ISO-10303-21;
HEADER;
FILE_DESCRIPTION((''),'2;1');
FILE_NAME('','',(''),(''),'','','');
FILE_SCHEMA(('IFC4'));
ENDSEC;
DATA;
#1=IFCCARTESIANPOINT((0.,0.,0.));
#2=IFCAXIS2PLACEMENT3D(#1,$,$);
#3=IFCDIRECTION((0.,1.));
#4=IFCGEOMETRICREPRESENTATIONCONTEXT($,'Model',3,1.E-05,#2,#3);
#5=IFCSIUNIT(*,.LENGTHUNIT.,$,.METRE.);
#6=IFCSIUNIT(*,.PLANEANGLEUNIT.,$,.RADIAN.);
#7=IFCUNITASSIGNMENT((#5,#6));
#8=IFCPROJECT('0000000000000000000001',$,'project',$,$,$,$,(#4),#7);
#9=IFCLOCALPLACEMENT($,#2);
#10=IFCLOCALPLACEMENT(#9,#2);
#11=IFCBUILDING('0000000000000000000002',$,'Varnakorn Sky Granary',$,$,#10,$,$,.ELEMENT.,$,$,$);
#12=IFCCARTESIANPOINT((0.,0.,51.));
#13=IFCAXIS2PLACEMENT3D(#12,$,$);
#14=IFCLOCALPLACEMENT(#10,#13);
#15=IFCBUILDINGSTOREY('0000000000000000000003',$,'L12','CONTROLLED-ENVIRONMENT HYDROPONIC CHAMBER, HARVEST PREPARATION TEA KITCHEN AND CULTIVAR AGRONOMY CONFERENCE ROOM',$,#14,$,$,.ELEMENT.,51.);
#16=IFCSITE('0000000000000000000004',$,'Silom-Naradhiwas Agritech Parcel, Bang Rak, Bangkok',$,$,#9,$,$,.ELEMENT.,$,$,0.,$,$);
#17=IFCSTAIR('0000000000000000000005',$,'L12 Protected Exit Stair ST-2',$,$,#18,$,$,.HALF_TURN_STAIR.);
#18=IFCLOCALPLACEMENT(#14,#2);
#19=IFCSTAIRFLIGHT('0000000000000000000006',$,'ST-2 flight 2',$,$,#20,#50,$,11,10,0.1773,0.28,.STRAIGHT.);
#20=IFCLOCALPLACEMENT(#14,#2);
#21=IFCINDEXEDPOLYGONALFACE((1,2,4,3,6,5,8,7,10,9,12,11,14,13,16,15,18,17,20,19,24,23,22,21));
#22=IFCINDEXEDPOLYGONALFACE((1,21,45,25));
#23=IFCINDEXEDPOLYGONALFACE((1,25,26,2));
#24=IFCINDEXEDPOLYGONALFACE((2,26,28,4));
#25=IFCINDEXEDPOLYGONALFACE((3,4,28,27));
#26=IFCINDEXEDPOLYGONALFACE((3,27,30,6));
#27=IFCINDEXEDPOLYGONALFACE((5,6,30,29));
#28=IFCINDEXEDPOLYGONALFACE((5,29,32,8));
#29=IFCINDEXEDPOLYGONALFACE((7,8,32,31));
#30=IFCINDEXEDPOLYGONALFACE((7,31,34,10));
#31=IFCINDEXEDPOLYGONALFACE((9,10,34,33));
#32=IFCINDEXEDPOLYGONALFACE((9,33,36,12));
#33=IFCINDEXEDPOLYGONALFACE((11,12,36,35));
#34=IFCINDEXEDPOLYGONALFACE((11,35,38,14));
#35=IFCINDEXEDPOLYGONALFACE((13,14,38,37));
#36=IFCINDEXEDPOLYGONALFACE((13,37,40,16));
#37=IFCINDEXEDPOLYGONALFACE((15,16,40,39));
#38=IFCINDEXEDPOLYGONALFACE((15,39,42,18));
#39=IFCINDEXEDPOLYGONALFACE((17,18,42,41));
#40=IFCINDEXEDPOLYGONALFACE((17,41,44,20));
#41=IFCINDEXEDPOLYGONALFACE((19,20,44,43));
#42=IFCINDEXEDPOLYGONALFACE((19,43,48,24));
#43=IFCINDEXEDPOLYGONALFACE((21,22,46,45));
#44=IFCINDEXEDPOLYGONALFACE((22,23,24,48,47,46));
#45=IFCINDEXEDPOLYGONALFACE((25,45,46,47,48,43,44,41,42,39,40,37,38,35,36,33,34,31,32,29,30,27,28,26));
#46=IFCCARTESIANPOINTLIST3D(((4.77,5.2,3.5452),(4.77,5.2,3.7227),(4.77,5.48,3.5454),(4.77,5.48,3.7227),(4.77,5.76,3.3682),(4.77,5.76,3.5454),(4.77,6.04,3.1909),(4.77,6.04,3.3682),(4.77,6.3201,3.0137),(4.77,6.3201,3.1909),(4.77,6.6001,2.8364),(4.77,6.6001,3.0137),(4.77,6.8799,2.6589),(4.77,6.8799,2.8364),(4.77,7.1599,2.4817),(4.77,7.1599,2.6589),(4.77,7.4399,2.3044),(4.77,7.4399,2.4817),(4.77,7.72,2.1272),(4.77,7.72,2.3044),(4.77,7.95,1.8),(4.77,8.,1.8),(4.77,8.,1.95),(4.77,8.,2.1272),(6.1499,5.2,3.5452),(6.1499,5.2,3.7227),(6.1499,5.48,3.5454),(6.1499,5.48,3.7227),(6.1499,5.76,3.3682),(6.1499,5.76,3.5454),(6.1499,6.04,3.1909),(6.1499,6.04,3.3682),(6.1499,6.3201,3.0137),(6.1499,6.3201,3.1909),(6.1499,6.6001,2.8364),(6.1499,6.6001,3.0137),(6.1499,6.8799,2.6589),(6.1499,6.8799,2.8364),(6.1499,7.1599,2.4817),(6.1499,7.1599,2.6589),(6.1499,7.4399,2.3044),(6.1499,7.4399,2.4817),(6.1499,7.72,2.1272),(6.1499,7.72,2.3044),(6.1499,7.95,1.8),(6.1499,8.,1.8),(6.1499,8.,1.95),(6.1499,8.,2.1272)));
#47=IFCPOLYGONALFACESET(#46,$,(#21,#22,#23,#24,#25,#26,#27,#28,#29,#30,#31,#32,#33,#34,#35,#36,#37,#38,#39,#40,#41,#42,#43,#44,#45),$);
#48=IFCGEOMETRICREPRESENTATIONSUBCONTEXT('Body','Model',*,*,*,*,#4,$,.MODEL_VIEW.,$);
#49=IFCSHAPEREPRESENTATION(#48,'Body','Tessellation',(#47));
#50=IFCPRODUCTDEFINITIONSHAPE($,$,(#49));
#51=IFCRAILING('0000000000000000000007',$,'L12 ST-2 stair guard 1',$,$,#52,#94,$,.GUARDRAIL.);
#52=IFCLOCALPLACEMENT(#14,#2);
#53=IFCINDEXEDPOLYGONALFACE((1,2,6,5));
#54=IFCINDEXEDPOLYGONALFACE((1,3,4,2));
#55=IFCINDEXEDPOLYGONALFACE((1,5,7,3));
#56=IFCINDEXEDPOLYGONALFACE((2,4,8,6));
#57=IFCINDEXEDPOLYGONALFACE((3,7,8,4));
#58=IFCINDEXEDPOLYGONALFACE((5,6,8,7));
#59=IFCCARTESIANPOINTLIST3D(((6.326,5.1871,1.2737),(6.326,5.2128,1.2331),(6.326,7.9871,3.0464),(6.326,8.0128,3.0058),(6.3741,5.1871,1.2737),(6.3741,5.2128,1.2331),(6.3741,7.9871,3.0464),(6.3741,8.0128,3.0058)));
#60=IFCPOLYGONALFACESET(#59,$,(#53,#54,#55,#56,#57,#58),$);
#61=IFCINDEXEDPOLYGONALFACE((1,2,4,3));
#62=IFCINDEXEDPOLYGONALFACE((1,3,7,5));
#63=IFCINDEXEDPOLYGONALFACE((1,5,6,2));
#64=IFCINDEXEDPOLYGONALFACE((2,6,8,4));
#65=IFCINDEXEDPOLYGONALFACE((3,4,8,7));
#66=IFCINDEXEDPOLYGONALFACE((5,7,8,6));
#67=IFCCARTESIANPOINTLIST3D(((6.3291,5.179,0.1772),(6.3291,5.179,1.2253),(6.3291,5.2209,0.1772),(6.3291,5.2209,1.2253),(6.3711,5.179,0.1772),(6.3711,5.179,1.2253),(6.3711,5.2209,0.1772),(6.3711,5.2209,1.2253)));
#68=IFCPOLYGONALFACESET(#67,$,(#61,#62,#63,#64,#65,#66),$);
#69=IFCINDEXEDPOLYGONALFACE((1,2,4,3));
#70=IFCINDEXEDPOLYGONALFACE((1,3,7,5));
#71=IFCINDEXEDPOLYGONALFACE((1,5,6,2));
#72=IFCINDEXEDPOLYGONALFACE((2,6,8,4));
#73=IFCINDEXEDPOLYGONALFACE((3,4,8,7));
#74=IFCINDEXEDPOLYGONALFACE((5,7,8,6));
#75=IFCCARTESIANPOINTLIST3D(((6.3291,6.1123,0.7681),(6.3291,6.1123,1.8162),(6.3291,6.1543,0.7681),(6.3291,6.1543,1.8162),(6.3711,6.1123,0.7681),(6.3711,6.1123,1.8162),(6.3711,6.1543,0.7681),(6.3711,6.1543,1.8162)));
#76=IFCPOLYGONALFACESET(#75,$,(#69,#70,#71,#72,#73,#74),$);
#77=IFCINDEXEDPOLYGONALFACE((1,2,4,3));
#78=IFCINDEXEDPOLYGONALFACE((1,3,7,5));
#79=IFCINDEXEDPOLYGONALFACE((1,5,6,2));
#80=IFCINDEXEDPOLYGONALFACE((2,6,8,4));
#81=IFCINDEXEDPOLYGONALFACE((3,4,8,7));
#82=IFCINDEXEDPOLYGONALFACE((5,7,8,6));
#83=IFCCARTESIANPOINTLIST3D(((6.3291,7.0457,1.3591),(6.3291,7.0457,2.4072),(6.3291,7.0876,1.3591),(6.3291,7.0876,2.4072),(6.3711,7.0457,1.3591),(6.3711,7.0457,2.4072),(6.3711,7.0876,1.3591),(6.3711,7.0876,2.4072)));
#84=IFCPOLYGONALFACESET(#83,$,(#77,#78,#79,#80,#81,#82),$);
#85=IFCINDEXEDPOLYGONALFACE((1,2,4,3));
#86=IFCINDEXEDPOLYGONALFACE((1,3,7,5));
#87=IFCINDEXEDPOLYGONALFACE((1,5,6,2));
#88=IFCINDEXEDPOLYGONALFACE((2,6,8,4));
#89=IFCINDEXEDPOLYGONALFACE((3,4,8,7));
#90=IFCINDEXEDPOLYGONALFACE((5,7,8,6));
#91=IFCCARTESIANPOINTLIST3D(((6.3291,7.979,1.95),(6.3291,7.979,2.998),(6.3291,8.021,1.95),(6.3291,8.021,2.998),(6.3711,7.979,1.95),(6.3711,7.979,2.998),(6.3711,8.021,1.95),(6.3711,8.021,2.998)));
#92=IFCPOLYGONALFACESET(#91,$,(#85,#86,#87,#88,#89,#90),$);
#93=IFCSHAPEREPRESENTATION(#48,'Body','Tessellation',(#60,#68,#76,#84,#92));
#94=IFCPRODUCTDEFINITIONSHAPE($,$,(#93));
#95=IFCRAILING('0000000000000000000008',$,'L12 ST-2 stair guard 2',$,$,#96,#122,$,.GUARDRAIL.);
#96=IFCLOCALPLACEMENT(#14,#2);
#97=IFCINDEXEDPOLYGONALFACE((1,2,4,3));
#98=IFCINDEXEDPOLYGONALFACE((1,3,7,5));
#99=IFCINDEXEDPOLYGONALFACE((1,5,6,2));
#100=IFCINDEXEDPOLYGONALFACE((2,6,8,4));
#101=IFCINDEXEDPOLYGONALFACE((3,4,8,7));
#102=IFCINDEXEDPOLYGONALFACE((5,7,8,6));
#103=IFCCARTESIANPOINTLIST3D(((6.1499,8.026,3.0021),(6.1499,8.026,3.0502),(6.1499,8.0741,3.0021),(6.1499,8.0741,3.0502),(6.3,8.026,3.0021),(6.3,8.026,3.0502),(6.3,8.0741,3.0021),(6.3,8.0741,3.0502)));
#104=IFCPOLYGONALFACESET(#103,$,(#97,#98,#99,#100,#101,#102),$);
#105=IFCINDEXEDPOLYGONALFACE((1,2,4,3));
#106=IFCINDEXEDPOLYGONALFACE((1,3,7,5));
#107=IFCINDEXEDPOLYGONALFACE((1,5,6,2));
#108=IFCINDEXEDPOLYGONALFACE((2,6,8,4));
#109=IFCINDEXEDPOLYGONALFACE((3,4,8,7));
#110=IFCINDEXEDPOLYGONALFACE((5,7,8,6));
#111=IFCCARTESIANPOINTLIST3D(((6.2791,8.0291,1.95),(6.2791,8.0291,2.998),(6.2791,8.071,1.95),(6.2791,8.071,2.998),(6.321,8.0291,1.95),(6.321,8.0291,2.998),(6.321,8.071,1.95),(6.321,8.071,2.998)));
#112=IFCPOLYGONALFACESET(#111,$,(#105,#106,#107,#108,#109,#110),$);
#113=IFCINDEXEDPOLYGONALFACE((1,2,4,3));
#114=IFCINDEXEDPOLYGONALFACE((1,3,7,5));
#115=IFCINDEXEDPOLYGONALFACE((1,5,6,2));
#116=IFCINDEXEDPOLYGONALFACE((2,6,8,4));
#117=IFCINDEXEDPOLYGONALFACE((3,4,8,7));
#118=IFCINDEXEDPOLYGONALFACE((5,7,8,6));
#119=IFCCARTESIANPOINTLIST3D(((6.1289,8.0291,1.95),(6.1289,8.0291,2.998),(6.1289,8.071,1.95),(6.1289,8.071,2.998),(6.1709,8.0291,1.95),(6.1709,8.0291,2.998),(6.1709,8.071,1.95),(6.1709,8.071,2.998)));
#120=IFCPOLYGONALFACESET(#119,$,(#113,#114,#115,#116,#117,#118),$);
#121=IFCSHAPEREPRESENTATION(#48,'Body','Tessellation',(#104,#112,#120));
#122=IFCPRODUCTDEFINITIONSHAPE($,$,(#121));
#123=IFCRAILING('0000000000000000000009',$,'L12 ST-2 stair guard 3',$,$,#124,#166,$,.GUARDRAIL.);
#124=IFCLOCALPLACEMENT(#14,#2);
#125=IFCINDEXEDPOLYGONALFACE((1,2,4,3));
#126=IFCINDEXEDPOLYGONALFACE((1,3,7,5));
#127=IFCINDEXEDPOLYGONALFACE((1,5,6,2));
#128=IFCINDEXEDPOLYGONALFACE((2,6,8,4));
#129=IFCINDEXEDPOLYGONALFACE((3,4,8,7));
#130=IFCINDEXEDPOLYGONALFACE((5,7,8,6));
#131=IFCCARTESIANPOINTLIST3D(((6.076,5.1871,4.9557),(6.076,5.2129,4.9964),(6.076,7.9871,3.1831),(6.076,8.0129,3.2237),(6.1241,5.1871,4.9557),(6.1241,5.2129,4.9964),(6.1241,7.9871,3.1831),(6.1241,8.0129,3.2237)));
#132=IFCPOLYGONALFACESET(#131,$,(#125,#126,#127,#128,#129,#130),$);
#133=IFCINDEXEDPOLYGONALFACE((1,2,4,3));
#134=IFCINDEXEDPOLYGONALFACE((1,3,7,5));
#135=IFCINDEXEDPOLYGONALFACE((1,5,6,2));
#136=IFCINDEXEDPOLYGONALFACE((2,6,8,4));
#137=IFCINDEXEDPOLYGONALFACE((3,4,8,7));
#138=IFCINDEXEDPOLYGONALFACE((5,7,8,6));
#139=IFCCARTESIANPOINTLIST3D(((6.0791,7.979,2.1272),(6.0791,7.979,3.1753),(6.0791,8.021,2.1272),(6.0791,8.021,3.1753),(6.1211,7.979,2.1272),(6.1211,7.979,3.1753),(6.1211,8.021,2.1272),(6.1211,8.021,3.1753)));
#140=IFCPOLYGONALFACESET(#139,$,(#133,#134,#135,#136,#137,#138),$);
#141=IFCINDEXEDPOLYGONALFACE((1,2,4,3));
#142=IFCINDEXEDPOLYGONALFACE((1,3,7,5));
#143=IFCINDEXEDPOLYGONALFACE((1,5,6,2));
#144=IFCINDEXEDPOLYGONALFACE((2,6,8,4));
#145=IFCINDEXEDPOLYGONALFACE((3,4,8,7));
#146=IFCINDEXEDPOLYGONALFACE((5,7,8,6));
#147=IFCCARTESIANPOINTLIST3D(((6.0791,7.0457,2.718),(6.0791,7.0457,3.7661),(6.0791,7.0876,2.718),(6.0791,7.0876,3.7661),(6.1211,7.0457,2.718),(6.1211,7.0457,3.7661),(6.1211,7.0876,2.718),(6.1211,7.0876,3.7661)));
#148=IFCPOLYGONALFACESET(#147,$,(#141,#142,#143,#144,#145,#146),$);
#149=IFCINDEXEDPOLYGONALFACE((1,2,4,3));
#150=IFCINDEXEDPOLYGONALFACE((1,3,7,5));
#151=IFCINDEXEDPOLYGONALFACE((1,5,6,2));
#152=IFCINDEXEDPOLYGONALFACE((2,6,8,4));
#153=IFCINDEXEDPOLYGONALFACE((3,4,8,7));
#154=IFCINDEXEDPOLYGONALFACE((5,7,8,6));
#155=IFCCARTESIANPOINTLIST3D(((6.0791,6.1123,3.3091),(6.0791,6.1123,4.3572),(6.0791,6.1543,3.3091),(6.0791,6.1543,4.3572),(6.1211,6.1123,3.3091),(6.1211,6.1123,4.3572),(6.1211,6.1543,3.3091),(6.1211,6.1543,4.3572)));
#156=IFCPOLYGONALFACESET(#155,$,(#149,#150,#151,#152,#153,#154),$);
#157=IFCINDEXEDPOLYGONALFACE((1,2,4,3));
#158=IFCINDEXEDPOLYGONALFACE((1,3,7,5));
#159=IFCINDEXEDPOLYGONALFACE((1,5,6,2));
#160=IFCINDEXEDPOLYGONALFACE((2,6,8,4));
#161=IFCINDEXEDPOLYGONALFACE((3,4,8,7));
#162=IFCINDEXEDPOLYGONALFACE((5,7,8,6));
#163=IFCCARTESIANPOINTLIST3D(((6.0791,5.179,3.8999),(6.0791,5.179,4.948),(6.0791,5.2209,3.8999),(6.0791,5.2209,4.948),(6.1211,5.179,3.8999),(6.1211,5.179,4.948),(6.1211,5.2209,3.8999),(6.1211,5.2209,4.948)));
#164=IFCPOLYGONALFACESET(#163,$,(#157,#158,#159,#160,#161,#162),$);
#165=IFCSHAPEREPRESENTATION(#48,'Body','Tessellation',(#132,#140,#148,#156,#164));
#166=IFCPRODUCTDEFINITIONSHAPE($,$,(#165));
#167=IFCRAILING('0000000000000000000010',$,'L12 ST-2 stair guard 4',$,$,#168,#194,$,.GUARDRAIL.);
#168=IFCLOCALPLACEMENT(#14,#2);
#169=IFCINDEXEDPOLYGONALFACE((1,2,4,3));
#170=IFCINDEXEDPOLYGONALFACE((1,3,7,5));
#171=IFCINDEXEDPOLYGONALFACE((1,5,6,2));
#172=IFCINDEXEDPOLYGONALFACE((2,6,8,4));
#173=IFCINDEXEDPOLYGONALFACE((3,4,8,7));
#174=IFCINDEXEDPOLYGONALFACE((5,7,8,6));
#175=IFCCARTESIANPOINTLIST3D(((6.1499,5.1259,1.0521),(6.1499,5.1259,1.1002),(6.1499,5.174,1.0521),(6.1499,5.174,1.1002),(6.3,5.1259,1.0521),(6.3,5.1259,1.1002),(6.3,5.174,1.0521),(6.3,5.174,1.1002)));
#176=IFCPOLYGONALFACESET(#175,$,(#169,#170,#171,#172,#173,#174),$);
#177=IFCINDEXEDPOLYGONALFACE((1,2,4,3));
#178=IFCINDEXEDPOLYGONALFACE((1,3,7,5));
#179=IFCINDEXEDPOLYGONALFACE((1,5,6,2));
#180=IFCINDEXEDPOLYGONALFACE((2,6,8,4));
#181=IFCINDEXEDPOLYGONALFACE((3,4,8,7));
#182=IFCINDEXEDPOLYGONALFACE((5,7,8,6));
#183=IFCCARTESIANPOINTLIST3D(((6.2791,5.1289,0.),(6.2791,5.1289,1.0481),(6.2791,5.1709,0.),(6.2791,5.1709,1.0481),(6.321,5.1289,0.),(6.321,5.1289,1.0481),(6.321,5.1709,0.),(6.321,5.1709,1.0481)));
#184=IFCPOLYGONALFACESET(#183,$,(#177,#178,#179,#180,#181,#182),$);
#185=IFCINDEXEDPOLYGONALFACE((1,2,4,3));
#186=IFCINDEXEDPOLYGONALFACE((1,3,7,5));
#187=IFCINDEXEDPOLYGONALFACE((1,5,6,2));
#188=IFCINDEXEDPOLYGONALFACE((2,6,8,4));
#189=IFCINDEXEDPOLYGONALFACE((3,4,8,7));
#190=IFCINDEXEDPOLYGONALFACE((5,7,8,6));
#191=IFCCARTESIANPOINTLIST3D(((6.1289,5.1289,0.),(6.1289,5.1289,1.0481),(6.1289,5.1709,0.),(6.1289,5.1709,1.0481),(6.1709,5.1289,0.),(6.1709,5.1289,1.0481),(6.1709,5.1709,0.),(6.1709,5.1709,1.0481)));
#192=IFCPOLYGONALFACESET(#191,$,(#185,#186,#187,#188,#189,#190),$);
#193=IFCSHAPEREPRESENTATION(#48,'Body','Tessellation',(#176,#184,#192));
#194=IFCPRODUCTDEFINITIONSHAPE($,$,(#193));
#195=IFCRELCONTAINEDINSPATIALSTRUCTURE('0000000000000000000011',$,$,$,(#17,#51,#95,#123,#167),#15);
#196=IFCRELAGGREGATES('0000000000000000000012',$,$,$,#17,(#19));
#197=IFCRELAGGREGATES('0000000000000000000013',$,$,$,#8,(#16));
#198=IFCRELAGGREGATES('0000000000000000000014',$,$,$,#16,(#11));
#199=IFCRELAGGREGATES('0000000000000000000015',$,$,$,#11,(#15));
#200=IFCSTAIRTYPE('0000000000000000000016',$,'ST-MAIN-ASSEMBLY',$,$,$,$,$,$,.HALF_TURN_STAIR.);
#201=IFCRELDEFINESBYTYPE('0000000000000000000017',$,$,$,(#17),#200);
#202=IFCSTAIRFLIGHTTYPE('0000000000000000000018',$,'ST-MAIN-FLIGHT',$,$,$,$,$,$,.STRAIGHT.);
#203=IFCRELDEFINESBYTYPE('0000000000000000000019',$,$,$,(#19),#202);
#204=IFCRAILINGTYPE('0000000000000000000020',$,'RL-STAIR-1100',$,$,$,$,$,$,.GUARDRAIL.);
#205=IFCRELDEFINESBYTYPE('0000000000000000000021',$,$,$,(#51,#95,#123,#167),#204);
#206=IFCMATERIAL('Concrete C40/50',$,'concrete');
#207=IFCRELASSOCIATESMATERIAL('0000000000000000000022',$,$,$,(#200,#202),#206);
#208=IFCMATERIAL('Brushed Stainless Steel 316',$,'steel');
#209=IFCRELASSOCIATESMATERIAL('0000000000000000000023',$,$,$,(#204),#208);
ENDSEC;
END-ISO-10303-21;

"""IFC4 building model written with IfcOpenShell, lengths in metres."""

from ifc_helpers import new_model, si_unit, direction, frame, origin, origin_2d, place, context, subcontext, project, spatial, polyline, rectangle, outline, extrude, material, type_object, element, aggregate, save


model = new_model("IFC4")

# Units and contexts
model_context = context("Model", 3, precision=1e-05, world=origin(), true_north=direction((0.0, 1.0)))
body_context = subcontext(model_context, "Body", "Model", "MODEL_VIEW")
ifc_project = project(units=[si_unit("LENGTHUNIT", "METRE"), si_unit("PLANEANGLEUNIT", "RADIAN")], contexts=[model_context])

# Site, building, storey
site_placement = place(None, origin())
site = spatial("IfcSite", under=ifc_project, at=site_placement, Name="Silom-Naradhiwas Agritech Parcel, Bang Rak, Bangkok", CompositionType="ELEMENT", RefElevation=0.0)
building_placement = place(site_placement, origin())
building = spatial("IfcBuilding", under=site, at=building_placement, Name="Varnakorn Sky Granary", CompositionType="ELEMENT")
storey_placement = place(building_placement, frame((0.0, 0.0, 51.0)))
storey = spatial("IfcBuildingStorey", under=building, at=storey_placement, Name="L12", Description="CONTROLLED-ENVIRONMENT HYDROPONIC CHAMBER, HARVEST PREPARATION TEA KITCHEN AND CULTIVAR AGRONOMY CONFERENCE ROOM", CompositionType="ELEMENT", Elevation=51.0)

# Shared definitions
ifc_material_1 = material(Name="Concrete C40/50", Category="concrete")
stair_type = type_object("IfcStairType", Name="ST-MAIN-ASSEMBLY", PredefinedType="HALF_TURN_STAIR", material=ifc_material_1)
stair_flight_type = type_object("IfcStairFlightType", Name="ST-MAIN-FLIGHT", PredefinedType="STRAIGHT", material=ifc_material_1)

# Stair, stair flight
stair_1_placement = place(storey_placement, origin())
stair_1 = element("IfcStair", 1, at=stair_1_placement, inside=storey, type_object=stair_type, Name="L12 Protected Exit Stair ST-2", PredefinedType="HALF_TURN_STAIR")
stair_flight_1_placement = place(storey_placement, frame((5.46, 8.0, 1.95), z_axis=(0.0, 0.0, 1.0), x_axis=(0.0, -1.0, 0.0)))
stair_flight_1 = element("IfcStairFlight", 2, at=stair_flight_1_placement, type_object=stair_flight_type, Name="ST-2 flight 2", NumberOfRisers=11, NumberOfTreads=10, PredefinedType="STRAIGHT", RiserHeight=0.1773, TreadLength=0.28, context=body_context, shape_type="SweptSolid", body=[
    extrude(outline(polyline([(0.0, -0.1499), (0.0, 0.0), (0.0, 0.1772), (0.28, 0.1772), (0.28, 0.3545), (0.5601, 0.3545), (0.5601, 0.5317), (0.8401, 0.5317), (0.8401, 0.709), (1.1201, 0.709), (1.1201, 0.8865), (1.3999, 0.8865), (1.3999, 1.0637), (1.6799, 1.0637), (1.6799, 1.241), (1.96, 1.241), (1.96, 1.4182), (2.24, 1.4182), (2.24, 1.5955), (2.52, 1.5955), (2.52, 1.7727), (2.8, 1.7727), (2.8, 1.95), (2.8, 1.5952), (0.05, -0.1499), (0.0, -0.1499)])), frame((0.0, 0.6899, 0.0), z_axis=(0.0, -1.0, 0.0), x_axis=(1.0, 0.0, 0.0)), (0.0, 0.0, 1.0), 1.3799),
])
aggregate(stair_1, [stair_flight_1])

# Railings
ifc_material_2 = material(Name="Brushed Stainless Steel 316", Category="steel")
railing_type_1 = type_object("IfcRailingType", Name="RL-STAIR-1100", PredefinedType="GUARDRAIL", material=ifc_material_2)
railing_1_placement = place(storey_placement, frame((6.3501, 5.2, 0.1772)))
element("IfcRailing", 3, at=railing_1_placement, inside=storey, type_object=railing_type_1, Name="L12 ST-2 stair guard 1", PredefinedType="GUARDRAIL", context=body_context, shape_type="SweptSolid", body=[
    extrude(rectangle(XDim=0.0481, YDim=0.0481, at=origin_2d()), frame((0.0, 0.0, 1.0762), z_axis=(0.0, 0.844909, 0.53491), x_axis=(-1.0, 0.0, 0.0)), (0.0, 0.0, 1.0), 3.314),
    extrude(rectangle(XDim=0.042, YDim=0.042, at=origin_2d()), origin(), (0.0, 0.0, 1.0), 1.0481),
    extrude(rectangle(XDim=0.042, YDim=0.042, at=origin_2d()), frame((0.0, 0.9333, 0.5908)), (0.0, 0.0, 1.0), 1.0481),
    extrude(rectangle(XDim=0.042, YDim=0.042, at=origin_2d()), frame((0.0, 1.8667, 1.1819)), (0.0, 0.0, 1.0), 1.0481),
    extrude(rectangle(XDim=0.042, YDim=0.042, at=origin_2d()), frame((0.0, 2.8, 1.7727)), (0.0, 0.0, 1.0), 1.0481),
])
railing_2_placement = place(storey_placement, frame((6.3, 8.05, 1.95)))
element("IfcRailing", 4, at=railing_2_placement, inside=storey, type_object=railing_type_1, Name="L12 ST-2 stair guard 2", PredefinedType="GUARDRAIL", context=body_context, shape_type="SweptSolid", body=[
    extrude(rectangle(XDim=0.0481, YDim=0.0481, at=origin_2d()), frame((0.0, 0.0, 1.0762), z_axis=(-1.0, 0.0, 0.0), x_axis=(0.0, -1.0, 0.0)), (0.0, 0.0, 1.0), 0.1501),
    extrude(rectangle(XDim=0.042, YDim=0.042, at=origin_2d()), origin(), (0.0, 0.0, 1.0), 1.0481),
    extrude(rectangle(XDim=0.042, YDim=0.042, at=origin_2d()), frame((-0.1501, 0.0, 0.0)), (0.0, 0.0, 1.0), 1.0481),
])
railing_3_placement = place(storey_placement, frame((6.1001, 8.0, 2.1272)))
element("IfcRailing", 5, at=railing_3_placement, inside=storey, type_object=railing_type_1, Name="L12 ST-2 stair guard 3", PredefinedType="GUARDRAIL", context=body_context, shape_type="SweptSolid", body=[
    extrude(rectangle(XDim=0.0481, YDim=0.0481, at=origin_2d()), frame((0.0, 0.0, 1.0762), z_axis=(0.0, -0.844909, 0.53491), x_axis=(1.0, 0.0, 0.0)), (0.0, 0.0, 1.0), 3.314),
    extrude(rectangle(XDim=0.042, YDim=0.042, at=origin_2d()), origin(), (0.0, 0.0, 1.0), 1.0481),
    extrude(rectangle(XDim=0.042, YDim=0.042, at=origin_2d()), frame((0.0, -0.9333, 0.5908)), (0.0, 0.0, 1.0), 1.0481),
    extrude(rectangle(XDim=0.042, YDim=0.042, at=origin_2d()), frame((0.0, -1.8667, 1.1819)), (0.0, 0.0, 1.0), 1.0481),
    extrude(rectangle(XDim=0.042, YDim=0.042, at=origin_2d()), frame((0.0, -2.8, 1.7727)), (0.0, 0.0, 1.0), 1.0481),
])
railing_4_placement = place(storey_placement, frame((6.3, 5.1499, 0.0)))
element("IfcRailing", 6, at=railing_4_placement, inside=storey, type_object=railing_type_1, Name="L12 ST-2 stair guard 4", PredefinedType="GUARDRAIL", context=body_context, shape_type="SweptSolid", body=[
    extrude(rectangle(XDim=0.0481, YDim=0.0481, at=origin_2d()), frame((0.0, 0.0, 1.0762), z_axis=(-1.0, 0.0, 0.0), x_axis=(0.0, -1.0, 0.0)), (0.0, 0.0, 1.0), 0.1501),
    extrude(rectangle(XDim=0.042, YDim=0.042, at=origin_2d()), origin(), (0.0, 0.0, 1.0), 1.0481),
    extrude(rectangle(XDim=0.042, YDim=0.042, at=origin_2d()), frame((-0.1501, 0.0, 0.0)), (0.0, 0.0, 1.0), 1.0481),
])

save(model, "model.ifc")
